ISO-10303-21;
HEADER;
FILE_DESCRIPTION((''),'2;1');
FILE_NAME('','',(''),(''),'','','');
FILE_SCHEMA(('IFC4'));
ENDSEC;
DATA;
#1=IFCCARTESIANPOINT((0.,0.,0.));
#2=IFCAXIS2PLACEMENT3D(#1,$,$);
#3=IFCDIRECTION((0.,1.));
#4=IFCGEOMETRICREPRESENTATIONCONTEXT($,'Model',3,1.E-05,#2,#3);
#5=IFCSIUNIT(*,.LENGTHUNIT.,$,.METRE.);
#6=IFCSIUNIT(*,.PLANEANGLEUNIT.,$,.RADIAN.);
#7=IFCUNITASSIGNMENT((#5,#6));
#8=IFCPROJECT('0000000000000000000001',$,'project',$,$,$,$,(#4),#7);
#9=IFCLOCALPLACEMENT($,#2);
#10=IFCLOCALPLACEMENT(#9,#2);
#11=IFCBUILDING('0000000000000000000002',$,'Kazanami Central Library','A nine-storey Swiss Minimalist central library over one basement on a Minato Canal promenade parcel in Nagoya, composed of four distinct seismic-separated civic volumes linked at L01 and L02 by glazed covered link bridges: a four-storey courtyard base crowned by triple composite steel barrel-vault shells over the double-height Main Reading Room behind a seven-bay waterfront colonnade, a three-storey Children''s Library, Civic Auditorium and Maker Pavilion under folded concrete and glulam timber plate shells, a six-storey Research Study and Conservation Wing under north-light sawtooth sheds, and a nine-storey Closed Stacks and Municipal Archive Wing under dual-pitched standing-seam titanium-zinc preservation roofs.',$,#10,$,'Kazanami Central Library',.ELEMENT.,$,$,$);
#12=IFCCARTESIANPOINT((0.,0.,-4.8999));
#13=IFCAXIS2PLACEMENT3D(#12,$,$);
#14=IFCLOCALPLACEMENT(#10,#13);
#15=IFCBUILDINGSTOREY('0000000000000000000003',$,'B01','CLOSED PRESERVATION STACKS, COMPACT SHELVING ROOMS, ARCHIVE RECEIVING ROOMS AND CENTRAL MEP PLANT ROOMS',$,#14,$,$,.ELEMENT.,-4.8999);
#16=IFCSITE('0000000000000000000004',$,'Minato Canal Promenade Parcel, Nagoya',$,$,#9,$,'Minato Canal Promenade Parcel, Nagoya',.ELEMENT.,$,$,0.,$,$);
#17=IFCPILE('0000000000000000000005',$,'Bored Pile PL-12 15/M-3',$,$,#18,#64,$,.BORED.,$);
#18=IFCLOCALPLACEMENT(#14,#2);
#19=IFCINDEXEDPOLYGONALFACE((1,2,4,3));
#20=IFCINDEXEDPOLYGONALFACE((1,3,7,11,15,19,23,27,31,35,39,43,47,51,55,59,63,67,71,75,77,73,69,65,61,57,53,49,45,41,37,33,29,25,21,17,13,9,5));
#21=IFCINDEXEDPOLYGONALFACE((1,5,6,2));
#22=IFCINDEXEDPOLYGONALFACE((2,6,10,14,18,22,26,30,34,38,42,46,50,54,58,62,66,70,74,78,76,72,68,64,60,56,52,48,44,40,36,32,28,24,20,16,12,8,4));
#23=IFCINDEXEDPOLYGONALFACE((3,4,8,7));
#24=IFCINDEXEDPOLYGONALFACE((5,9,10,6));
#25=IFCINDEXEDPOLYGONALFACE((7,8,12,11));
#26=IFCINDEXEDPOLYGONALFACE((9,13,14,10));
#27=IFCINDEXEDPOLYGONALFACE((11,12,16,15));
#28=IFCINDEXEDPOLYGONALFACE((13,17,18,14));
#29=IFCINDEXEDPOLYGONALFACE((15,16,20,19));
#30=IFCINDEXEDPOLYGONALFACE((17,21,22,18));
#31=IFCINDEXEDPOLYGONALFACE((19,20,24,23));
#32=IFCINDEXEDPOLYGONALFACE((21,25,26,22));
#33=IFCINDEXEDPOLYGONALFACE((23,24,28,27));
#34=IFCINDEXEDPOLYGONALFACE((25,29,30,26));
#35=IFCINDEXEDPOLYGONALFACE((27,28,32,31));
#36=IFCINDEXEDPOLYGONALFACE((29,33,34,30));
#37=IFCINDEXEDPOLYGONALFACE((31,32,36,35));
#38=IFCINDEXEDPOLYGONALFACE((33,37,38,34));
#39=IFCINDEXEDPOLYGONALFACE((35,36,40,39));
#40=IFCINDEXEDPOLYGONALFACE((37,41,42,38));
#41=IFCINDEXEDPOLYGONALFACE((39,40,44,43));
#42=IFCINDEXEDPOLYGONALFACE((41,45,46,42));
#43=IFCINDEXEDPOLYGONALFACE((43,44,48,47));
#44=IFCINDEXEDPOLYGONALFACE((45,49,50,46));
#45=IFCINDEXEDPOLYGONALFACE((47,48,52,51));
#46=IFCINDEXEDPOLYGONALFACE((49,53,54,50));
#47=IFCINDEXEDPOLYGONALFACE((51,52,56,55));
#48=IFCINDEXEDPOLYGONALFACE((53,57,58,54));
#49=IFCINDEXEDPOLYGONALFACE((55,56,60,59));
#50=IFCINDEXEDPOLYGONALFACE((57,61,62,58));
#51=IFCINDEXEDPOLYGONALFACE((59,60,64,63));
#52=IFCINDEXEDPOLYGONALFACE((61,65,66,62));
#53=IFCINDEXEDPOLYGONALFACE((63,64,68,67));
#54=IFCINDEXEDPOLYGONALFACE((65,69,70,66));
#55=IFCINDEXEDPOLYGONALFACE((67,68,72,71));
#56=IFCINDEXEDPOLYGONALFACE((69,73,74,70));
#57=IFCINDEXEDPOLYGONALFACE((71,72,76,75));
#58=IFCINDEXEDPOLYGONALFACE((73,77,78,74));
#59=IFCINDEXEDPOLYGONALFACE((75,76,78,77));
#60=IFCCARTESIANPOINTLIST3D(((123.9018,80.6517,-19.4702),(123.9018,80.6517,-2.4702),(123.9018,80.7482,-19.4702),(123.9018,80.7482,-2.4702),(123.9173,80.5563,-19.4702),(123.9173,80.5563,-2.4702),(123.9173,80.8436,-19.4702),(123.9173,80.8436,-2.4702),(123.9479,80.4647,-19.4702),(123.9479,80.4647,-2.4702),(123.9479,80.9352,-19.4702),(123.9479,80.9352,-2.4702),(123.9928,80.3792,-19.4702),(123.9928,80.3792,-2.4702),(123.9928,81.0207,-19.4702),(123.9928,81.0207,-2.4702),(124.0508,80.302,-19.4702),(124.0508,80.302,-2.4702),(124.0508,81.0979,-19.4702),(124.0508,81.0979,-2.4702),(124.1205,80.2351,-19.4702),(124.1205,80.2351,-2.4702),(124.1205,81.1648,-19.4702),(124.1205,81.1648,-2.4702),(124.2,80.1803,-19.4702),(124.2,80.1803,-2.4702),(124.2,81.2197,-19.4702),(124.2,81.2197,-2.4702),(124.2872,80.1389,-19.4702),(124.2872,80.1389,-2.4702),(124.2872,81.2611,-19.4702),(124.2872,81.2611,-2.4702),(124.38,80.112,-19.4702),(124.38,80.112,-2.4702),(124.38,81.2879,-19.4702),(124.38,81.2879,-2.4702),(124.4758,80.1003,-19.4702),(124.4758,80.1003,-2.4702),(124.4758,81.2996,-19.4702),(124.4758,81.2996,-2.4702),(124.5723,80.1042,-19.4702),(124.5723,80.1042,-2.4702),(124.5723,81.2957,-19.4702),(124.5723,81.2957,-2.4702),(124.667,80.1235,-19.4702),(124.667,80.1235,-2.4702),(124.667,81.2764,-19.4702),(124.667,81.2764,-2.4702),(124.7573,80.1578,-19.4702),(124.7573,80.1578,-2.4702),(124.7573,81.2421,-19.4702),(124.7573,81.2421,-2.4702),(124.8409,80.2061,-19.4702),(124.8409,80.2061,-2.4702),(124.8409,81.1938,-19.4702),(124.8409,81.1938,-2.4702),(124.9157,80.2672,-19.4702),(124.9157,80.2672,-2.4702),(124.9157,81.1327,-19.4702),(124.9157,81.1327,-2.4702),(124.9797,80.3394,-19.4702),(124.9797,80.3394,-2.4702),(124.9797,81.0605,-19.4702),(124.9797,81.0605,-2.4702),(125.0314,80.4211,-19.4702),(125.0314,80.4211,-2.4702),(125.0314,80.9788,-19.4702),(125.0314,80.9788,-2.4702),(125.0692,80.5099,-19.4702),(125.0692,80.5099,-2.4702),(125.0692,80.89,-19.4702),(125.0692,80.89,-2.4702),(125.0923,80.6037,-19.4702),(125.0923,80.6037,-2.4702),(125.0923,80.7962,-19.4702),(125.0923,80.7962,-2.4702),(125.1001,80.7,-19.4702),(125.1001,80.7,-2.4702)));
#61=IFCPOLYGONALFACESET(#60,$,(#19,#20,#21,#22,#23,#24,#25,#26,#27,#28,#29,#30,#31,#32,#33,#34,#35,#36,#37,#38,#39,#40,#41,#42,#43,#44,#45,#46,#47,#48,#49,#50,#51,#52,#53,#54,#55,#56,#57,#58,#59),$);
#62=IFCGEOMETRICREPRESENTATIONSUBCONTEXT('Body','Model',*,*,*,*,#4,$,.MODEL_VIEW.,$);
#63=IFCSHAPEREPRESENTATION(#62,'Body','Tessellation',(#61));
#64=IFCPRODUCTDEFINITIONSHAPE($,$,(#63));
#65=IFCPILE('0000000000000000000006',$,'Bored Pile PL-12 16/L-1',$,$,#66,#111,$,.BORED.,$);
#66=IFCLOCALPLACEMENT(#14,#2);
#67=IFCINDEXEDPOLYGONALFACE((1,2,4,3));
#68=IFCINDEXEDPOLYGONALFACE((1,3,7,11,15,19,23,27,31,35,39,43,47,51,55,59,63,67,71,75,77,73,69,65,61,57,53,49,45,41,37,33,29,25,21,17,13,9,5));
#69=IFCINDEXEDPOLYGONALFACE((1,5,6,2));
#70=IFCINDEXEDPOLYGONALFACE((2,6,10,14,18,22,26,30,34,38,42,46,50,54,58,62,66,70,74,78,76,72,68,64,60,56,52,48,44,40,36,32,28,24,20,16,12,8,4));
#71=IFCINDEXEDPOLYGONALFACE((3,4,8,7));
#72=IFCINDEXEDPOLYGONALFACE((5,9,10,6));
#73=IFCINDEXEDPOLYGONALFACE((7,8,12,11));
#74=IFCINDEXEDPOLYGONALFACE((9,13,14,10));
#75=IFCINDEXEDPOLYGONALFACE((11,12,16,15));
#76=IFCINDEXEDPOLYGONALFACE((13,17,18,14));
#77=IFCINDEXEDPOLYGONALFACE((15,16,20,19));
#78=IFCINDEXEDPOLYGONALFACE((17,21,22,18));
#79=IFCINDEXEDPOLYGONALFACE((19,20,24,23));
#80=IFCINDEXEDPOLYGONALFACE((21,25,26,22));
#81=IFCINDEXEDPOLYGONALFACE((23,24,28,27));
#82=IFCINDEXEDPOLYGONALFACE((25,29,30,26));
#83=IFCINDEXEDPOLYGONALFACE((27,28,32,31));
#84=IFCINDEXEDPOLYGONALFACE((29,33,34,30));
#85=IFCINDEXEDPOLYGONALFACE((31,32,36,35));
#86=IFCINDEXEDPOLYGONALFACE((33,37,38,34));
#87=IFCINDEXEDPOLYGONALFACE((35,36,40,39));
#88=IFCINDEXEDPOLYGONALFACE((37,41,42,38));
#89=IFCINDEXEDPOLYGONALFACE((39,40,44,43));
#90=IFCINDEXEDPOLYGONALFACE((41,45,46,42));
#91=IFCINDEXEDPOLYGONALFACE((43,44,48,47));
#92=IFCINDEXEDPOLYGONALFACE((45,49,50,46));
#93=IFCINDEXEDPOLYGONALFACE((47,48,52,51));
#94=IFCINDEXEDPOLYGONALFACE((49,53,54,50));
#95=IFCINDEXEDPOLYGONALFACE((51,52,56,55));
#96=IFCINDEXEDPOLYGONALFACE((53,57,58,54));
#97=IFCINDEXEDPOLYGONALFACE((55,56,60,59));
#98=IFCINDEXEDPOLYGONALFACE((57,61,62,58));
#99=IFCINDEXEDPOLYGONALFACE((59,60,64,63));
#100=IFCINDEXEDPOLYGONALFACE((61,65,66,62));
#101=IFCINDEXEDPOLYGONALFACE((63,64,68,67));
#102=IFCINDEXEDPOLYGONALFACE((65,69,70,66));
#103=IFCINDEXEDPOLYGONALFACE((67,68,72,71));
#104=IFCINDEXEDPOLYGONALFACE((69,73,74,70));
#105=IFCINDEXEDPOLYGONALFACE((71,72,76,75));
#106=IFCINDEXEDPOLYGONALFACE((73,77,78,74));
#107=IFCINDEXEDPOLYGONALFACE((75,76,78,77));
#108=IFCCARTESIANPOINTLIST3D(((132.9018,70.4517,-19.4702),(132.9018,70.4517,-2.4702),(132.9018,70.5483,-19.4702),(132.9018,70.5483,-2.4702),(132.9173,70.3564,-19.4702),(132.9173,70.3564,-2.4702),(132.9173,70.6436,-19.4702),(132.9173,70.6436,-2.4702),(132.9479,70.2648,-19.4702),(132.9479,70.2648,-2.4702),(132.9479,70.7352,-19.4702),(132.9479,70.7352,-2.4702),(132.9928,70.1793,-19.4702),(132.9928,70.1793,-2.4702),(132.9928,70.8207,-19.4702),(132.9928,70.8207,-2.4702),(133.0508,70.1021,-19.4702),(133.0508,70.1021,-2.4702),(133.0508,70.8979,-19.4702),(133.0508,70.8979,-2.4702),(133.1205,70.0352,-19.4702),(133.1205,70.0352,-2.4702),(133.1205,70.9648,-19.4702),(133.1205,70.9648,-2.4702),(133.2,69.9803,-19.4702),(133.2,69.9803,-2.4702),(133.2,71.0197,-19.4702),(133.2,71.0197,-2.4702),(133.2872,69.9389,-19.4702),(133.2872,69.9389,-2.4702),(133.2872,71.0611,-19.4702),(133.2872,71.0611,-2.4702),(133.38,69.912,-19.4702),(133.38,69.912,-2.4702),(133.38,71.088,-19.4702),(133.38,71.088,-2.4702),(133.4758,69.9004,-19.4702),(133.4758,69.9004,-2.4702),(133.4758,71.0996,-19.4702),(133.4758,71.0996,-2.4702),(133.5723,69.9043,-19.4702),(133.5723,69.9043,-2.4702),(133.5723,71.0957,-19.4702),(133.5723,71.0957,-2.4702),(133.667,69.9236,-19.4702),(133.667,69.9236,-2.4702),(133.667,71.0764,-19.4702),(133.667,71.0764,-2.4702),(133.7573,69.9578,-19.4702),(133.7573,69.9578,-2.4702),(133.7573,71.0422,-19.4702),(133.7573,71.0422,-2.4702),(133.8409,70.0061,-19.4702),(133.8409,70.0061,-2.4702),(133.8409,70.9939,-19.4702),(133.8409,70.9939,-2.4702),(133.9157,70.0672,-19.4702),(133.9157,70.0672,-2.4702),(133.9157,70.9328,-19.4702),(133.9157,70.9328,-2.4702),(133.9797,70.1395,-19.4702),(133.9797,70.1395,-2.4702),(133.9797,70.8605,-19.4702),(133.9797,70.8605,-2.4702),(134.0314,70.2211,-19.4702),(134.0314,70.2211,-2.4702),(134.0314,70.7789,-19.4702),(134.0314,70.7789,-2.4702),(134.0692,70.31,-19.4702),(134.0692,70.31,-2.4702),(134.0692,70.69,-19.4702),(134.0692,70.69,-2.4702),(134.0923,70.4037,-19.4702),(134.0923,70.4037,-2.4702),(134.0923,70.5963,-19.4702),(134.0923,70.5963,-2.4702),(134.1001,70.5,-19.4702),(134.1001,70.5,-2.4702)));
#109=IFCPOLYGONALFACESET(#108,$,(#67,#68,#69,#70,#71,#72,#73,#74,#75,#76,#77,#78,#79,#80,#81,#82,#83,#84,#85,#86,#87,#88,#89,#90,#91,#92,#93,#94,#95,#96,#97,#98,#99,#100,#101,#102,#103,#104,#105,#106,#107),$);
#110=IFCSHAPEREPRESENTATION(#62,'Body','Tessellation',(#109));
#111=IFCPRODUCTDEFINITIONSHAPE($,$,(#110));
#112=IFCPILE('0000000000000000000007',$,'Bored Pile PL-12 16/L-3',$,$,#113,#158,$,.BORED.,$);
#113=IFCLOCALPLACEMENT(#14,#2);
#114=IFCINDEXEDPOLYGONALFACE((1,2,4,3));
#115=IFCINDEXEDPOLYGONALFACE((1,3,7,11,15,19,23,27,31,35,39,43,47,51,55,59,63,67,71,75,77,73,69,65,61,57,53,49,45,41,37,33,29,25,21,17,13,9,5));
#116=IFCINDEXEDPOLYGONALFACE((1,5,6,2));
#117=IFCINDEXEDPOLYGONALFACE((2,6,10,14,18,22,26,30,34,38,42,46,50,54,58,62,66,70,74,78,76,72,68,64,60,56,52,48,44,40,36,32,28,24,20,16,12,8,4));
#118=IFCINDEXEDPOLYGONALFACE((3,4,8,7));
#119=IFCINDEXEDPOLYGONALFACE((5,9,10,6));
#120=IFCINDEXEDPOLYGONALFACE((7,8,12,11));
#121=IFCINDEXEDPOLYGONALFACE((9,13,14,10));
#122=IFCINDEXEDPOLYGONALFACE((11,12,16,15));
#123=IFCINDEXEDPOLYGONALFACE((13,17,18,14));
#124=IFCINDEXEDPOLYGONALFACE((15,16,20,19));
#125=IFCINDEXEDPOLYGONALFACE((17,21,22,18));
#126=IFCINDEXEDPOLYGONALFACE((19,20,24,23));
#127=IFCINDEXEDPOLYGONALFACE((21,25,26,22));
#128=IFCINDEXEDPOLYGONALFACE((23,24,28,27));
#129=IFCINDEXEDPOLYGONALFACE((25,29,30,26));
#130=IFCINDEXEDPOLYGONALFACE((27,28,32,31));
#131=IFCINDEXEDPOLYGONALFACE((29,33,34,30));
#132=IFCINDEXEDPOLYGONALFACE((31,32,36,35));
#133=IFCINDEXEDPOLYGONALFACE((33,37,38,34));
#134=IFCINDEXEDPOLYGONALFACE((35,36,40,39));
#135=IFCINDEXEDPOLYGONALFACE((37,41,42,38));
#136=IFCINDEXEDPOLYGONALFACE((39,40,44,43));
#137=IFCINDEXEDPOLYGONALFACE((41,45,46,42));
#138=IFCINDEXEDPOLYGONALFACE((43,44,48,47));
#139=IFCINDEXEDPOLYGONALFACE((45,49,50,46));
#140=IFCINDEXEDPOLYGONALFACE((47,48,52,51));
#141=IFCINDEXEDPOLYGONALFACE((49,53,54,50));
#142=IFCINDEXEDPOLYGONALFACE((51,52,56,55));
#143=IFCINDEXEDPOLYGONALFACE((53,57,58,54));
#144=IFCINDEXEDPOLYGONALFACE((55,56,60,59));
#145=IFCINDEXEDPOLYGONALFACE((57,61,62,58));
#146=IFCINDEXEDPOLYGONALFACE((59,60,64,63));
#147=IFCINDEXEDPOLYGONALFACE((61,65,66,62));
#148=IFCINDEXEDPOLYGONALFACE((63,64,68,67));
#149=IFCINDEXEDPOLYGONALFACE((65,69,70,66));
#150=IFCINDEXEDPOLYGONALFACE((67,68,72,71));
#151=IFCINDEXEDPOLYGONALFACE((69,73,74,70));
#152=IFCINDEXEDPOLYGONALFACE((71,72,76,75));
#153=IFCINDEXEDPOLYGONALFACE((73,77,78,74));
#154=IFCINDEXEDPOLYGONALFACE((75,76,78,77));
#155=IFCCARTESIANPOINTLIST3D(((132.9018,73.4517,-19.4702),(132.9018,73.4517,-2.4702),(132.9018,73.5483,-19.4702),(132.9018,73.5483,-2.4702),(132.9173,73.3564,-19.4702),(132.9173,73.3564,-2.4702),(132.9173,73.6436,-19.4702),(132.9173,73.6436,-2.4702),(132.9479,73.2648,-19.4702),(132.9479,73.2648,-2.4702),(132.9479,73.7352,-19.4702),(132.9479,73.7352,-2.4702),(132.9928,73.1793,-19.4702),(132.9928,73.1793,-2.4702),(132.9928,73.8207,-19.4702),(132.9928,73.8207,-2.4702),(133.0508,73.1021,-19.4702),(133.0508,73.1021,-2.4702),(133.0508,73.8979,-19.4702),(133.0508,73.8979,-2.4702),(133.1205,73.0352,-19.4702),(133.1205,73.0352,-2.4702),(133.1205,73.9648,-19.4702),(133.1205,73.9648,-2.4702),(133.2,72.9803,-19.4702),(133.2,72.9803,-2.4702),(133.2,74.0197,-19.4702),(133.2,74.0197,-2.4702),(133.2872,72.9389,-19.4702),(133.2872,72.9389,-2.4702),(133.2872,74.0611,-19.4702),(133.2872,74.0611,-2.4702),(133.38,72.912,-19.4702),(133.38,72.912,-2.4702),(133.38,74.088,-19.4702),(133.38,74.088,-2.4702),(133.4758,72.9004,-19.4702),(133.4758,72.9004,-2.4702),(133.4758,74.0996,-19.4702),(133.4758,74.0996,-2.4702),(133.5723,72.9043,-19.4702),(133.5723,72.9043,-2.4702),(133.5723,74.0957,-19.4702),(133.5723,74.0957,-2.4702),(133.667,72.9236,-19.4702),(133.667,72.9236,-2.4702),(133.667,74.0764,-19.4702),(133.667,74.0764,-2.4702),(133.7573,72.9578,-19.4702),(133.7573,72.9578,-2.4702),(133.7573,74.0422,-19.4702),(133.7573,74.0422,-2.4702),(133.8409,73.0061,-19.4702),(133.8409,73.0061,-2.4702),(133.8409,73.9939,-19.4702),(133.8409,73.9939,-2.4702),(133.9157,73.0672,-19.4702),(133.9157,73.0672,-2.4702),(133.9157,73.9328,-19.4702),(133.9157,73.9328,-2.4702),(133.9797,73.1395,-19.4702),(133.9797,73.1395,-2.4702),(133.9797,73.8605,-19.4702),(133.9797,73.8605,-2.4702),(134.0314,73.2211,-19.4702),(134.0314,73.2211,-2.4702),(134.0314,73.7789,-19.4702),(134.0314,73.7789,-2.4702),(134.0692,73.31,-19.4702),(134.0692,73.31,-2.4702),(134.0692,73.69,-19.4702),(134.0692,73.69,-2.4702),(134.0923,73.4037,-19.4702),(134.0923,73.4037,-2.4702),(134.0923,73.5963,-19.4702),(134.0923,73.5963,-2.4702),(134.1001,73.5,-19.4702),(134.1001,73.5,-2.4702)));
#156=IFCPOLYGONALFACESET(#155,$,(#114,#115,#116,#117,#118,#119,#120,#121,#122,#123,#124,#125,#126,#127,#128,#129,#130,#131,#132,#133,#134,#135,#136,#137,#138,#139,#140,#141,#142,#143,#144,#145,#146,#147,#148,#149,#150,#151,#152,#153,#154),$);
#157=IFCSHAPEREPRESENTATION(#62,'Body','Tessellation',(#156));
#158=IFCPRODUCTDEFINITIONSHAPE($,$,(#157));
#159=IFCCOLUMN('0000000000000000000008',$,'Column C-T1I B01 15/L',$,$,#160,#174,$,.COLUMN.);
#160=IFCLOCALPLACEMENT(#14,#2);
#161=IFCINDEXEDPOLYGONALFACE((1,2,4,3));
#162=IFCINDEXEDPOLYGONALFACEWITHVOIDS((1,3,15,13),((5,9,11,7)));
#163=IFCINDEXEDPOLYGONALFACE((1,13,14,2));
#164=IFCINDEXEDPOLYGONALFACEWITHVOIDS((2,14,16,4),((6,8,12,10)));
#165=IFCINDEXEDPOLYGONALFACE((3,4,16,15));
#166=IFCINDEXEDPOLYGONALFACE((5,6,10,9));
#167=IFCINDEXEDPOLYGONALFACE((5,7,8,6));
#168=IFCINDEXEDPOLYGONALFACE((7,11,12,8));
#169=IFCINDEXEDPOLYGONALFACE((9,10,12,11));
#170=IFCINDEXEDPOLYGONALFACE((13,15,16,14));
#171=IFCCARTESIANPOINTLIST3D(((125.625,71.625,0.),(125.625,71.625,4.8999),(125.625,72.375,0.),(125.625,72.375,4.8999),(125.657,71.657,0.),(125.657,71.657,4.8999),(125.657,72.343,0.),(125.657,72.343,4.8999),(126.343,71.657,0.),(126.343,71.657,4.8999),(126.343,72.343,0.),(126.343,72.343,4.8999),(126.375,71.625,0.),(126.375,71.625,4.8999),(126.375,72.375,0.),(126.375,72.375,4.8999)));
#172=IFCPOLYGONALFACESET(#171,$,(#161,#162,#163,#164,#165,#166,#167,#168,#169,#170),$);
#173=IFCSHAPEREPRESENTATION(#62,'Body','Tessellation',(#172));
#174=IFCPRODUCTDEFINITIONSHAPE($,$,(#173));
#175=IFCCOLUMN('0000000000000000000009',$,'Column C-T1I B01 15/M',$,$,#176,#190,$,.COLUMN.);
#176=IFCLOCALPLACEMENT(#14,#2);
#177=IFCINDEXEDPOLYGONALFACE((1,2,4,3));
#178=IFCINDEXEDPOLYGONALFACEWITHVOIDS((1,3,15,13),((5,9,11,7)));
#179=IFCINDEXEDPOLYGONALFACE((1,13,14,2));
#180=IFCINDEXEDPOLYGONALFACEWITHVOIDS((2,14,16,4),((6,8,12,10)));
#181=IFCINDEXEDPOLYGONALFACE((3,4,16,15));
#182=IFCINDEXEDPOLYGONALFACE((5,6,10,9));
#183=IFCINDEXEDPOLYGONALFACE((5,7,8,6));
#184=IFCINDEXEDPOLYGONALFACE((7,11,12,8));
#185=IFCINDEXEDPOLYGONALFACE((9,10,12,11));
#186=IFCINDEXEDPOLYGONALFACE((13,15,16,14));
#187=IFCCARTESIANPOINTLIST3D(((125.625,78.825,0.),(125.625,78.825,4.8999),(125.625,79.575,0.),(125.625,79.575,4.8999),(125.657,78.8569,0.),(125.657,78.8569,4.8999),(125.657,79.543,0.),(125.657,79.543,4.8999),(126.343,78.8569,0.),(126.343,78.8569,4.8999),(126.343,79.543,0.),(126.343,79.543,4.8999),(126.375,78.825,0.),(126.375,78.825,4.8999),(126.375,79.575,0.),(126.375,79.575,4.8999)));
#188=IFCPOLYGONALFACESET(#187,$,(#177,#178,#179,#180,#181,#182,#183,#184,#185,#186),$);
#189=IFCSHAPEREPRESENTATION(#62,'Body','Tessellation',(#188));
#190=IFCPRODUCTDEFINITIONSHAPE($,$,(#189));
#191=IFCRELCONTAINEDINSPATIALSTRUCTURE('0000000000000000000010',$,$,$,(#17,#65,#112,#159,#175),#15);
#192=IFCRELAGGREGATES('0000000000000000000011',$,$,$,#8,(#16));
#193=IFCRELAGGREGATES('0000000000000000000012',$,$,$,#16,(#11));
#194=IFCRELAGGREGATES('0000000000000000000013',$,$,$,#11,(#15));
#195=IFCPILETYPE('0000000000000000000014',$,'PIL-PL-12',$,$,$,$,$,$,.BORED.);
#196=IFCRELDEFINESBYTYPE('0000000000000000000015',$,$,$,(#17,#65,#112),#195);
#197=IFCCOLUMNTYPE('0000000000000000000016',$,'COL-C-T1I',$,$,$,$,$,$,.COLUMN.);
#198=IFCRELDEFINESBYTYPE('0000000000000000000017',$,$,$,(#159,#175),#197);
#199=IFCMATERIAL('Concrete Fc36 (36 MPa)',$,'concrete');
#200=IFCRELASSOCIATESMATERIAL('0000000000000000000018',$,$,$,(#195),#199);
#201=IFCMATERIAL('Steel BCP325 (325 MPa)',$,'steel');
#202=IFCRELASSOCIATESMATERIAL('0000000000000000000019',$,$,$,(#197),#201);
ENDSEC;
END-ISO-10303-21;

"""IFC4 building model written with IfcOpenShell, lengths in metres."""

from ifc_helpers import new_model, si_unit, direction, frame, origin, origin_2d, place, context, subcontext, project, spatial, hollow_rectangle, circle, extrude, material, material_profile, profile_set, type_object, element, save


model = new_model("IFC4")

# Units and contexts
model_context = context("Model", 3, precision=1e-05, world=origin(), true_north=direction((0.0, 1.0)))
body_context = subcontext(model_context, "Body", "Model", "MODEL_VIEW")
ifc_project = project(units=[si_unit("LENGTHUNIT", "METRE"), si_unit("PLANEANGLEUNIT", "RADIAN")], contexts=[model_context])

# Site, building, storey
site_placement = place(None, origin())
site = spatial("IfcSite", under=ifc_project, at=site_placement, Name="Minato Canal Promenade Parcel, Nagoya", LongName="Minato Canal Promenade Parcel, Nagoya", CompositionType="ELEMENT", RefElevation=0.0)
building_placement = place(site_placement, origin())
building = spatial("IfcBuilding", under=site, at=building_placement, Name="Kazanami Central Library", Description="A nine-storey Swiss Minimalist central library over one basement on a Minato Canal promenade parcel in Nagoya, composed of four distinct seismic-separated civic volumes linked at L01 and L02 by glazed covered link bridges: a four-storey courtyard base crowned by triple composite steel barrel-vault shells over the double-height Main Reading Room behind a seven-bay waterfront colonnade, a three-storey Children's Library, Civic Auditorium and Maker Pavilion under folded concrete and glulam timber plate shells, a six-storey Research Study and Conservation Wing under north-light sawtooth sheds, and a nine-storey Closed Stacks and Municipal Archive Wing under dual-pitched standing-seam titanium-zinc preservation roofs.", LongName="Kazanami Central Library", CompositionType="ELEMENT")
storey_placement = place(building_placement, frame((0.0, 0.0, -4.8999)))
storey = spatial("IfcBuildingStorey", under=building, at=storey_placement, Name="B01", Description="CLOSED PRESERVATION STACKS, COMPACT SHELVING ROOMS, ARCHIVE RECEIVING ROOMS AND CENTRAL MEP PLANT ROOMS", CompositionType="ELEMENT", Elevation=-4.8999)

# Shared definitions
ifc_material_1 = material(Name="Concrete Fc36 (36 MPa)", Category="concrete")

# Piles
ifc_material_profile_1 = material_profile(ifc_material_1, circle(Radius=0.6001, at=origin_2d()), Name="BORED-D1200")
ifc_profile_set_1 = profile_set([ifc_material_profile_1], Name="Concrete Fc36 (36 MPa)")
pile_type = type_object("IfcPileType", Name="PIL-PL-12", PredefinedType="BORED", material=ifc_profile_set_1)
for number, where, z_axis, x_axis, name in (
    (1, (124.5, 80.7, -2.4702), (0.0, 0.0, -1.0), (1.0, 0.0, 0.0), "Bored Pile PL-12 15/M-3"),
    (2, (133.5, 70.5, -2.4702), (0.0, 0.0, -1.0), (1.0, 0.0, 0.0), "Bored Pile PL-12 16/L-1"),
    (3, (133.5, 73.5, -2.4702), (0.0, 0.0, -1.0), (1.0, 0.0, 0.0), "Bored Pile PL-12 16/L-3"),
):
    element("IfcPile", number, at=place(storey_placement, frame(where, z_axis=z_axis, x_axis=x_axis)), inside=storey, type_object=pile_type, Name=name, PredefinedType="BORED", context=body_context, shape_type="SweptSolid", body=[
        extrude(circle(Radius=0.6001, at=origin_2d()), origin(), (0.0, 0.0, 1.0), 17.0),
    ])

# Columns
ifc_material_2 = material(Name="Steel BCP325 (325 MPa)", Category="steel")
ifc_material_profile_2 = material_profile(ifc_material_2, hollow_rectangle(XDim=0.75, YDim=0.75, WallThickness=0.032, at=origin_2d()), Name="BCP-750x750x32")
ifc_profile_set_2 = profile_set([ifc_material_profile_2], Name="Steel BCP325 (325 MPa)")
column_type = type_object("IfcColumnType", Name="COL-C-T1I", PredefinedType="COLUMN", material=ifc_profile_set_2)
for number, where, z_axis, x_axis, name in (
    (4, (126.0, 72.0, 0.0), (0.0, 0.0, 1.0), (1.0, 0.0, 0.0), "Column C-T1I B01 15/L"),
    (5, (126.0, 79.2, 0.0), (0.0, 0.0, 1.0), (1.0, 0.0, 0.0), "Column C-T1I B01 15/M"),
):
    element("IfcColumn", number, at=place(storey_placement, frame(where, z_axis=z_axis, x_axis=x_axis)), inside=storey, type_object=column_type, Name=name, PredefinedType="COLUMN", context=body_context, shape_type="SweptSolid", body=[
        extrude(hollow_rectangle(XDim=0.75, YDim=0.75, WallThickness=0.032, at=origin_2d()), origin(), (0.0, 0.0, 1.0), 4.8999),
    ])

save(model, "model.ifc")
